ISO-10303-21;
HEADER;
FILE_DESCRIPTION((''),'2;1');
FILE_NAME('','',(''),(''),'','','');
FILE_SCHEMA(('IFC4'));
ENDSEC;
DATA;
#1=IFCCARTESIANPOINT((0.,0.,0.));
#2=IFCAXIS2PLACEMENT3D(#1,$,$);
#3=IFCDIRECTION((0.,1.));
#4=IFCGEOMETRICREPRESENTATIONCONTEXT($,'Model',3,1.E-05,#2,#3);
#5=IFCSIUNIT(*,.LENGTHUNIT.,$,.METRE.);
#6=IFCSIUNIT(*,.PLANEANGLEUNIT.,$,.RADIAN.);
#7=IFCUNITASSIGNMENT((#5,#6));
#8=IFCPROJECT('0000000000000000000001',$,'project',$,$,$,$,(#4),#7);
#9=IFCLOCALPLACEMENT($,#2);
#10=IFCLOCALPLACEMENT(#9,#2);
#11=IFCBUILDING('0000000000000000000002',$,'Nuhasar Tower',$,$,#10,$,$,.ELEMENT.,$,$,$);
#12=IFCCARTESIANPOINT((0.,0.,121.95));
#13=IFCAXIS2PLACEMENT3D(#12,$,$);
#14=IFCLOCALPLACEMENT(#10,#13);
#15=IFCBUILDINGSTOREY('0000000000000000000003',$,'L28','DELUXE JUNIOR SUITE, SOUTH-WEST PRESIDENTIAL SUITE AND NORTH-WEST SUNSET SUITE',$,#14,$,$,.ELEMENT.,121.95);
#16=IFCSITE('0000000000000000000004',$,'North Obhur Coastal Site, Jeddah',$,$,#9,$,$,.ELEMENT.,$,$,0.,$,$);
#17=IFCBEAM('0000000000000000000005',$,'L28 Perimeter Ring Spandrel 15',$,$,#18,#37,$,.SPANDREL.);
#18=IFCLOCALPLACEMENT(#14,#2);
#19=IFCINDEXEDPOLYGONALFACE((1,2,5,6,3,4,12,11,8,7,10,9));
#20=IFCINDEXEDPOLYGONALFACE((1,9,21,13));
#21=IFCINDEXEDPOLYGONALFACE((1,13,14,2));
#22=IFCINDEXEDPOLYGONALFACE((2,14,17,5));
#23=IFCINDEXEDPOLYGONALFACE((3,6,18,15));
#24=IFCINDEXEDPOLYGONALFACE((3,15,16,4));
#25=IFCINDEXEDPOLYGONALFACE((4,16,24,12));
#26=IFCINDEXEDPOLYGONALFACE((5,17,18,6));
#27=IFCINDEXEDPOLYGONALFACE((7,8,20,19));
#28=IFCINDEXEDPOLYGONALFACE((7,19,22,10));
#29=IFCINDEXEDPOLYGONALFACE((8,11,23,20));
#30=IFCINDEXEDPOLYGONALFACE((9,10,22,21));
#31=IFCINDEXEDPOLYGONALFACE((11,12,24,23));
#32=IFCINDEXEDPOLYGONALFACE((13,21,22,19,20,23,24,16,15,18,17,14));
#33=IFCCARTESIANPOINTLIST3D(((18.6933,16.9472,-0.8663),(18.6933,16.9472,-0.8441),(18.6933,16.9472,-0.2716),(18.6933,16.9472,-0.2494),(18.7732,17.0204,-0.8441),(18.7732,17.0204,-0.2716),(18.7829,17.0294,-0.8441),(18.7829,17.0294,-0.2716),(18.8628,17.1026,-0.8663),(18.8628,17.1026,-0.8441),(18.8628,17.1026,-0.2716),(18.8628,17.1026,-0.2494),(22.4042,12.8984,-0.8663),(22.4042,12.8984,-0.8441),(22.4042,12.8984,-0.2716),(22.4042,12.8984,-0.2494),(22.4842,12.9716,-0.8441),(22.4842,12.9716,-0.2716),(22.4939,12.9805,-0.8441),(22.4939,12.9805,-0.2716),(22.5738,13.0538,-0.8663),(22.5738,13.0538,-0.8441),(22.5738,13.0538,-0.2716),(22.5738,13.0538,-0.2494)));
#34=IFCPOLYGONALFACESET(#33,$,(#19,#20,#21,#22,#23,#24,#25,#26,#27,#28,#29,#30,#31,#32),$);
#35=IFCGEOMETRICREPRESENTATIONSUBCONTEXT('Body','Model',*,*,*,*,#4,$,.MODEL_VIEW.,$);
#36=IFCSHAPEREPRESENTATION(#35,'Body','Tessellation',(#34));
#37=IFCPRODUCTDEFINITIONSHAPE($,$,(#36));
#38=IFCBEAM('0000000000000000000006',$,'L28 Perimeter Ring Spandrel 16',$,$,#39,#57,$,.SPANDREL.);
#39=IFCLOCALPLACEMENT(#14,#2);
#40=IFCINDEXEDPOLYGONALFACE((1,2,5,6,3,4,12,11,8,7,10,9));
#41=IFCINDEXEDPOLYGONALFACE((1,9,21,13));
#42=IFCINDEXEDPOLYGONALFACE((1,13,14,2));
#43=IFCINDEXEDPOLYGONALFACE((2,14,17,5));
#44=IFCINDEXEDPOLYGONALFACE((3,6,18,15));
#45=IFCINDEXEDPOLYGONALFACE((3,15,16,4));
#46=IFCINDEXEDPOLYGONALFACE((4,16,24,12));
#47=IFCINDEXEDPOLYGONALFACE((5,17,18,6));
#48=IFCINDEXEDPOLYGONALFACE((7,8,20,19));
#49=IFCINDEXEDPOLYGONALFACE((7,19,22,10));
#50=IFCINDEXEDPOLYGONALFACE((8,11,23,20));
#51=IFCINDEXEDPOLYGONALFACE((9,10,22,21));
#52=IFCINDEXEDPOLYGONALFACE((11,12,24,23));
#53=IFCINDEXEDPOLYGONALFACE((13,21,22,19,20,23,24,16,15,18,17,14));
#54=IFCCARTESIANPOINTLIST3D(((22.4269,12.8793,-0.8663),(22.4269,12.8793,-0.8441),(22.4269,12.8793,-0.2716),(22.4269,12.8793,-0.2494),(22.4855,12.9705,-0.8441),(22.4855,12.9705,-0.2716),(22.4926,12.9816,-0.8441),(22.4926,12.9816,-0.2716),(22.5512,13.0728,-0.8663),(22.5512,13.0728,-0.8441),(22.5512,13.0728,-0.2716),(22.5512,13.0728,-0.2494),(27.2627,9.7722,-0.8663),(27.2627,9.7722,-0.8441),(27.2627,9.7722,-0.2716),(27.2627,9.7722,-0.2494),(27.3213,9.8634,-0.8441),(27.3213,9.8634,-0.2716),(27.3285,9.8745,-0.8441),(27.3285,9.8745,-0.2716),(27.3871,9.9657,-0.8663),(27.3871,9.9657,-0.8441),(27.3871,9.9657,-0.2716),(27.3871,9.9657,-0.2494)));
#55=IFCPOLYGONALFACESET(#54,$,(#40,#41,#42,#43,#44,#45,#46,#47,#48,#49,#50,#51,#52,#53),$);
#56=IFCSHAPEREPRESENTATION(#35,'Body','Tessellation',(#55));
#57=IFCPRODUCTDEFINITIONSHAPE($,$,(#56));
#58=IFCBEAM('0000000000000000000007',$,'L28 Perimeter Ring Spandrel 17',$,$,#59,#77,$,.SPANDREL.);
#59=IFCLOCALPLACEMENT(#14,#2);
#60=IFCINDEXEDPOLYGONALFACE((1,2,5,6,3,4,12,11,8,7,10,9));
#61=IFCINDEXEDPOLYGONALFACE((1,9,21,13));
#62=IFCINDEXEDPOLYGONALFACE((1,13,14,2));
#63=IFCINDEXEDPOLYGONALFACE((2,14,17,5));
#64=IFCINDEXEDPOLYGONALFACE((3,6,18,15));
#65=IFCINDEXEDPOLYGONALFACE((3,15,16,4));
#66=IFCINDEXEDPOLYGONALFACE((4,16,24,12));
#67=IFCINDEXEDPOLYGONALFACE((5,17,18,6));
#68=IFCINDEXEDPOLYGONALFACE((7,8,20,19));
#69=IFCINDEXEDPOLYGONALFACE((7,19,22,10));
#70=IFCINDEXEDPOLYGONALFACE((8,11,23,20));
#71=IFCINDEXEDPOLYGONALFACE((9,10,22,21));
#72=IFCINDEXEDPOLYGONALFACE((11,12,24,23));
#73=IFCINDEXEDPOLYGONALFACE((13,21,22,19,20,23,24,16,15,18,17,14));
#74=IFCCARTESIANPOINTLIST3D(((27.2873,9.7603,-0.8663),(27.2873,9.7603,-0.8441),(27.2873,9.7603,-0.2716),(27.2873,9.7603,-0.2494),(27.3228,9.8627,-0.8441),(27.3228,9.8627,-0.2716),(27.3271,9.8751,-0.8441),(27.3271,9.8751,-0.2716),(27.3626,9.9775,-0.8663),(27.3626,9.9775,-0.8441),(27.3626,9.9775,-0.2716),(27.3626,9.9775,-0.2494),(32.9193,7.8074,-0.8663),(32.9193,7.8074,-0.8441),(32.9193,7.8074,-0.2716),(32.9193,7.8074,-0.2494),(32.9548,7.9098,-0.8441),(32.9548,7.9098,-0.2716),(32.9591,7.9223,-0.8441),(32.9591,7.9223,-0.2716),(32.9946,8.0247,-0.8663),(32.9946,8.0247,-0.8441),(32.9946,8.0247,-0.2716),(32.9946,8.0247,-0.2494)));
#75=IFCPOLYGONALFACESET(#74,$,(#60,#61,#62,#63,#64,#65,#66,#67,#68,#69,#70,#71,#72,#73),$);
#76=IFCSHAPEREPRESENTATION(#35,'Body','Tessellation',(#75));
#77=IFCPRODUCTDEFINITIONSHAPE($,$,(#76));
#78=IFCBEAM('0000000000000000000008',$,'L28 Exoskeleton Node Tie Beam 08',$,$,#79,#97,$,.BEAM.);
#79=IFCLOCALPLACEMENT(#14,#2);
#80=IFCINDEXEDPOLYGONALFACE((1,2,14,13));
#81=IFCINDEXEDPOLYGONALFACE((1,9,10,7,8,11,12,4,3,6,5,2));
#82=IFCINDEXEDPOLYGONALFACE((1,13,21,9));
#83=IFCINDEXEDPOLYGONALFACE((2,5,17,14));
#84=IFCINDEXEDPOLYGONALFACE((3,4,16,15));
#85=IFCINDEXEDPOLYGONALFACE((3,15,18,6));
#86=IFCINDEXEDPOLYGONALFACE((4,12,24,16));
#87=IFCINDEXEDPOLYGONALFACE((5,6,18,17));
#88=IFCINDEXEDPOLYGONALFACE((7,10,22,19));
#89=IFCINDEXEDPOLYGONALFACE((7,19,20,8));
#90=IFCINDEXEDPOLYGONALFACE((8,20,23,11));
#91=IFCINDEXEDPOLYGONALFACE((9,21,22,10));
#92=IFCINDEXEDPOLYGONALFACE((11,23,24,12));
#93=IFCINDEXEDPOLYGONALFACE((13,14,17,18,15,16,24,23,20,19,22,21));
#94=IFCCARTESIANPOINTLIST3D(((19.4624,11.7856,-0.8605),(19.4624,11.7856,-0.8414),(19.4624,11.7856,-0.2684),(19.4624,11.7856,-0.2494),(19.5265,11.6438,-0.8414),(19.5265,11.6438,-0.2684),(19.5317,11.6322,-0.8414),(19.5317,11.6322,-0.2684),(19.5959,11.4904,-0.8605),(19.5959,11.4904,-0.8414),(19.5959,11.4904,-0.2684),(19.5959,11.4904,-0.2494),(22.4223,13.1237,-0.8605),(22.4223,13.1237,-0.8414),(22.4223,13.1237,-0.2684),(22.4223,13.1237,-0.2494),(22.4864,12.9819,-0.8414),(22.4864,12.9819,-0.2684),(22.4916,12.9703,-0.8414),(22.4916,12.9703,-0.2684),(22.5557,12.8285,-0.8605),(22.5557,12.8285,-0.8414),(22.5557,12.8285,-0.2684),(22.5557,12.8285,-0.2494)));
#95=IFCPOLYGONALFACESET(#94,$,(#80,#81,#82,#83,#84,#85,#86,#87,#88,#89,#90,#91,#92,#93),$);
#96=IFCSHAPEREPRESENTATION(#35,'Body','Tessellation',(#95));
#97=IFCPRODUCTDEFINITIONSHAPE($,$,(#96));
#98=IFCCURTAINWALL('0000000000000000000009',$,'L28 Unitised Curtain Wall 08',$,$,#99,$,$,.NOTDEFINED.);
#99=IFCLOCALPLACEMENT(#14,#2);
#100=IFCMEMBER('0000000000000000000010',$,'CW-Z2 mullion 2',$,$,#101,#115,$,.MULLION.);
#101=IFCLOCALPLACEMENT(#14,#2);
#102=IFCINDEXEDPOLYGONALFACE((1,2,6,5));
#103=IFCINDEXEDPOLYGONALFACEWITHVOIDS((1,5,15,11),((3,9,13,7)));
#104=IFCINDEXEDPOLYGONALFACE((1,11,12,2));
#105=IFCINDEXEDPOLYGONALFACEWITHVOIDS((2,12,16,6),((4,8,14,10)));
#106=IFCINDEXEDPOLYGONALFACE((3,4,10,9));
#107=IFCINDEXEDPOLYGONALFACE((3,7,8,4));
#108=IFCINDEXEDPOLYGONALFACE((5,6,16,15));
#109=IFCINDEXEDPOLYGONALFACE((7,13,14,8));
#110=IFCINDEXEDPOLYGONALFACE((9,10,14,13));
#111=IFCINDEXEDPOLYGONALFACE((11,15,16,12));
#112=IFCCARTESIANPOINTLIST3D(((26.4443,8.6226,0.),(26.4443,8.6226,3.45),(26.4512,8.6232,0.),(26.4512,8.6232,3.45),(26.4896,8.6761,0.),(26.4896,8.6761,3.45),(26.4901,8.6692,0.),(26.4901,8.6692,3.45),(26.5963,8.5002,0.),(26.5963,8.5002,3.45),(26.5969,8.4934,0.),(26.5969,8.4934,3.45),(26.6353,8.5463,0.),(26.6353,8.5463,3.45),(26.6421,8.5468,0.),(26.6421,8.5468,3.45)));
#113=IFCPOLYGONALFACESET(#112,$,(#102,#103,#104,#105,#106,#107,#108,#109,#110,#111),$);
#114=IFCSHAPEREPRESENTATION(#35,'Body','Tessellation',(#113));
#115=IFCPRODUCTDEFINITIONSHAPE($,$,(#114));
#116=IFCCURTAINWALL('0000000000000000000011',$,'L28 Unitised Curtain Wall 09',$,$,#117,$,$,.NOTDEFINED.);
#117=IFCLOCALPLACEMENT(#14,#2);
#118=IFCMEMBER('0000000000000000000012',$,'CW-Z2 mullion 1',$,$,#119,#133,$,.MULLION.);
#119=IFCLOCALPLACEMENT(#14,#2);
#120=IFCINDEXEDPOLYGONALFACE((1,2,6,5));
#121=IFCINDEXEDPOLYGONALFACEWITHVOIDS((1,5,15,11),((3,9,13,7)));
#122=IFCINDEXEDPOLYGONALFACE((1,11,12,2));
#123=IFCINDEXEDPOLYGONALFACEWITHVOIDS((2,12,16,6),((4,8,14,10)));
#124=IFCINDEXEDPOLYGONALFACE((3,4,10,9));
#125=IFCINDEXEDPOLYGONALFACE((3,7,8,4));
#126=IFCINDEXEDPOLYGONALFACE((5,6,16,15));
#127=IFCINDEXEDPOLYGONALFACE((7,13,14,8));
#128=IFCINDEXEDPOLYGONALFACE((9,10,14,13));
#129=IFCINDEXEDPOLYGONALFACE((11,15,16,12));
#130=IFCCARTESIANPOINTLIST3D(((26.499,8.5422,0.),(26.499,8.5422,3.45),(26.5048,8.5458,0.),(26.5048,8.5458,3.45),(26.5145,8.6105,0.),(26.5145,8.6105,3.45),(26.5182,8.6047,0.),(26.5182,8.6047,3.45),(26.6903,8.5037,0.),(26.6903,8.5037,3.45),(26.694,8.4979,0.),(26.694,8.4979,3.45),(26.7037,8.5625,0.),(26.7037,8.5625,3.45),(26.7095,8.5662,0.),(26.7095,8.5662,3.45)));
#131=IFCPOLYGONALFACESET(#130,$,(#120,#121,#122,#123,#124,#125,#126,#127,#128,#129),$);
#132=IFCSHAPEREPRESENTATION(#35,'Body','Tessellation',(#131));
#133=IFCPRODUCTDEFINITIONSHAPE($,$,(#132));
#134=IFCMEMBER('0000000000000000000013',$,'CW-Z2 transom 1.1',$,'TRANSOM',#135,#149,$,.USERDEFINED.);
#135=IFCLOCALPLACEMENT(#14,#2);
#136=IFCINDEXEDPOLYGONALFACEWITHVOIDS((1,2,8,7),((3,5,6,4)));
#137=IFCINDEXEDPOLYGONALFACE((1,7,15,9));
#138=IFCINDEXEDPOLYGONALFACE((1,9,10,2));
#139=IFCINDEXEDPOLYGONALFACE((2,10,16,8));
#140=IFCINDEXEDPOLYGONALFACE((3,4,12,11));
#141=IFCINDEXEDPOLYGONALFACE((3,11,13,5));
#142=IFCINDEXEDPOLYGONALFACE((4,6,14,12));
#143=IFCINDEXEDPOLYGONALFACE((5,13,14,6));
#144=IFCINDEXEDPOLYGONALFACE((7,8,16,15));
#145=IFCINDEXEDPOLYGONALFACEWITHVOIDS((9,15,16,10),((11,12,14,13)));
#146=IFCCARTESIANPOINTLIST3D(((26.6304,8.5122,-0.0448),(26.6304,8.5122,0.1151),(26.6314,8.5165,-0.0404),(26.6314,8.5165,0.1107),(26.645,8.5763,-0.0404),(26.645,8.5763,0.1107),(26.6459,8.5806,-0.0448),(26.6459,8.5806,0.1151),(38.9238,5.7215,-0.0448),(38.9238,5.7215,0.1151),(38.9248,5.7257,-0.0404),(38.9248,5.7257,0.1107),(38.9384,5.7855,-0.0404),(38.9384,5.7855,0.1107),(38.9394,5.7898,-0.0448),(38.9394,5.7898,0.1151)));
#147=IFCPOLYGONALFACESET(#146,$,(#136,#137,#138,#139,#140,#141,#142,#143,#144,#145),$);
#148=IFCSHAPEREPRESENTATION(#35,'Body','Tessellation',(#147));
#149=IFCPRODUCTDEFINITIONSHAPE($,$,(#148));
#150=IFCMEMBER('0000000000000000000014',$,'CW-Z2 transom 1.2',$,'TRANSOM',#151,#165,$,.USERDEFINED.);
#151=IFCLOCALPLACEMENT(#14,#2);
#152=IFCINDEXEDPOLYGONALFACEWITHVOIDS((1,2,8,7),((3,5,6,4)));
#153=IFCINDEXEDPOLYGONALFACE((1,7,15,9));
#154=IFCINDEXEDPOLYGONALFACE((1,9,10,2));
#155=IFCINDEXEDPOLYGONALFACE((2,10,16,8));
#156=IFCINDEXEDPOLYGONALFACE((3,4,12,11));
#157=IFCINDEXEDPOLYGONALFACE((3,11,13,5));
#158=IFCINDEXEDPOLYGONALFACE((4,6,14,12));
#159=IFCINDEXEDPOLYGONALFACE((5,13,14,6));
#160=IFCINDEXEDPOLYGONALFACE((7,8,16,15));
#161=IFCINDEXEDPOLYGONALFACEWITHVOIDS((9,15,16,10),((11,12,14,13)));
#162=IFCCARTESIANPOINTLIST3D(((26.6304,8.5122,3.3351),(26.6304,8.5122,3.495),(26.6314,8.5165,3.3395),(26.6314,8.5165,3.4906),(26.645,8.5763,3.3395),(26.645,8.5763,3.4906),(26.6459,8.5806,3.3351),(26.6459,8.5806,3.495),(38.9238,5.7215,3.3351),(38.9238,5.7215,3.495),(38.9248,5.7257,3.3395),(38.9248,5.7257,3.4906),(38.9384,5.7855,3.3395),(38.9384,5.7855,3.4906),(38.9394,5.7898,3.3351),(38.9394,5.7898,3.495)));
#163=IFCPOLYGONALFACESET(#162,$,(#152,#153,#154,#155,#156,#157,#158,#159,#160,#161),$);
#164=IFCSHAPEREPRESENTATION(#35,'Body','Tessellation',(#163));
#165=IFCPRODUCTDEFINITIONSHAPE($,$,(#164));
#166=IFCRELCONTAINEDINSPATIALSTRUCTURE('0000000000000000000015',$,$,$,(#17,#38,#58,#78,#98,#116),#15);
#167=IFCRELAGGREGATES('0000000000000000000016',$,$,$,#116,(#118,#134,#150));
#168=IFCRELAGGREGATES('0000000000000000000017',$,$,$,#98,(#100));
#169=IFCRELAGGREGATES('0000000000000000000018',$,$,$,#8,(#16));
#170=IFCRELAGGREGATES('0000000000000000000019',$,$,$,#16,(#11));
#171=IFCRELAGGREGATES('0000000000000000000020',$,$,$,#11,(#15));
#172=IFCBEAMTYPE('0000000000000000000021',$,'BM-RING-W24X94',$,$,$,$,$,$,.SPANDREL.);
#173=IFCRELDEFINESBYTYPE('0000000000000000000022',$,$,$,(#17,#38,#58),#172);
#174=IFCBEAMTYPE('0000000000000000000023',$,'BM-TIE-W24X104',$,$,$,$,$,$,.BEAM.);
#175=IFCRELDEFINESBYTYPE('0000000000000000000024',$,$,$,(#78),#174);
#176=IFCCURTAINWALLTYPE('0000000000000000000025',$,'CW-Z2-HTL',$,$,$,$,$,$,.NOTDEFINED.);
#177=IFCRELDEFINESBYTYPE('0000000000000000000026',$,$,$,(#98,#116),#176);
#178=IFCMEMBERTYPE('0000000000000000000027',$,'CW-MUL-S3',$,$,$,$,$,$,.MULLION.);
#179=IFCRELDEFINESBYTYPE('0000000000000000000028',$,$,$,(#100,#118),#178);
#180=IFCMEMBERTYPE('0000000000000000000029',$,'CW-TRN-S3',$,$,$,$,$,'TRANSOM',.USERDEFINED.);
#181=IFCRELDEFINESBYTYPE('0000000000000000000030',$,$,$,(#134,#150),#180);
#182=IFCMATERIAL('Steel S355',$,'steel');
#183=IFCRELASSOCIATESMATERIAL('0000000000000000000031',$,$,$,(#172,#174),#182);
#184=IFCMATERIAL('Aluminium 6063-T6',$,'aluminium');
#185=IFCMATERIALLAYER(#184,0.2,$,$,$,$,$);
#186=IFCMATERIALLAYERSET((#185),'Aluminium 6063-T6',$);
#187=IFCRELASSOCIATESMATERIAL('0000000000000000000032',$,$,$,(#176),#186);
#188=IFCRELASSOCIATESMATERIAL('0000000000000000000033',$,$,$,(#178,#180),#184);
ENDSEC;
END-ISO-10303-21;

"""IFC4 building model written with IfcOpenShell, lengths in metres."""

from ifc_helpers import new_model, si_unit, direction, frame, origin, origin_2d, place, context, subcontext, project, spatial, hollow_rectangle, i_section, extrude, material, layer, layer_set, material_profile, profile_set, type_object, element, aggregate, save


model = new_model("IFC4")

# Units and contexts
model_context = context("Model", 3, precision=1e-05, world=origin(), true_north=direction((0.0, 1.0)))
body_context = subcontext(model_context, "Body", "Model", "MODEL_VIEW")
ifc_project = project(units=[si_unit("LENGTHUNIT", "METRE"), si_unit("PLANEANGLEUNIT", "RADIAN")], contexts=[model_context])

# Site, building, storey
site_placement = place(None, origin())
site = spatial("IfcSite", under=ifc_project, at=site_placement, Name="North Obhur Coastal Site, Jeddah", CompositionType="ELEMENT", RefElevation=0.0)
building_placement = place(site_placement, origin())
building = spatial("IfcBuilding", under=site, at=building_placement, Name="Nuhasar Tower", CompositionType="ELEMENT")
storey_placement = place(building_placement, frame((0.0, 0.0, 121.95)))
storey = spatial("IfcBuildingStorey", under=building, at=storey_placement, Name="L28", Description="DELUXE JUNIOR SUITE, SOUTH-WEST PRESIDENTIAL SUITE AND NORTH-WEST SUNSET SUITE", CompositionType="ELEMENT", Elevation=121.95)

# Beams
ifc_material_1 = material(Name="Steel S355", Category="steel")
ifc_material_profile_1 = material_profile(ifc_material_1, i_section(OverallWidth=0.23, OverallDepth=0.6169, WebThickness=0.0132, FlangeThickness=0.0222, at=origin_2d()), Name="W24X94")
ifc_profile_set_1 = profile_set([ifc_material_profile_1], Name="Steel S355")
beam_type_1 = type_object("IfcBeamType", Name="BM-RING-W24X94", PredefinedType="SPANDREL", material=ifc_profile_set_1)
beam_1_placement = place(storey_placement, frame((18.7781, 17.0249, -0.5579), z_axis=(0.675676, -0.737198, 0.0), x_axis=(0.737198, 0.675676, 0.0)))
element("IfcBeam", 1, at=beam_1_placement, inside=storey, type_object=beam_type_1, Name="L28 Perimeter Ring Spandrel 15", PredefinedType="SPANDREL", context=body_context, shape_type="SweptSolid", body=[
    extrude(i_section(OverallWidth=0.23, OverallDepth=0.6169, WebThickness=0.0132, FlangeThickness=0.0222, at=origin_2d()), origin(), (0.0, 0.0, 1.0), 5.4922),
])
beam_2_placement = place(storey_placement, frame((22.489, 12.9761, -0.5579), z_axis=(0.841308, -0.540556, 0.0), x_axis=(0.540556, 0.841308, 0.0)))
element("IfcBeam", 2, at=beam_2_placement, inside=storey, type_object=beam_type_1, Name="L28 Perimeter Ring Spandrel 16", PredefinedType="SPANDREL", context=body_context, shape_type="SweptSolid", body=[
    extrude(i_section(OverallWidth=0.23, OverallDepth=0.6169, WebThickness=0.0132, FlangeThickness=0.0222, at=origin_2d()), origin(), (0.0, 0.0, 1.0), 5.748),
])
beam_3_placement = place(storey_placement, frame((27.325, 9.8689, -0.5579), z_axis=(0.944814, -0.327607, 0.0), x_axis=(0.327607, 0.944814, 0.0)))
element("IfcBeam", 3, at=beam_3_placement, inside=storey, type_object=beam_type_1, Name="L28 Perimeter Ring Spandrel 17", PredefinedType="SPANDREL", context=body_context, shape_type="SweptSolid", body=[
    extrude(i_section(OverallWidth=0.23, OverallDepth=0.6169, WebThickness=0.0132, FlangeThickness=0.0222, at=origin_2d()), origin(), (0.0, 0.0, 1.0), 5.9609),
])
ifc_material_profile_2 = material_profile(ifc_material_1, i_section(OverallWidth=0.324, OverallDepth=0.6111, WebThickness=0.0127, FlangeThickness=0.019, at=origin_2d()), Name="W24X104")
ifc_profile_set_2 = profile_set([ifc_material_profile_2], Name="Steel S355")
beam_type_2 = type_object("IfcBeamType", Name="BM-TIE-W24X104", PredefinedType="BEAM", material=ifc_profile_set_2)
beam_4_placement = place(storey_placement, frame((22.489, 12.9761, -0.5549), z_axis=(-0.911211, -0.411939, 0.0), x_axis=(0.411939, -0.911211, 0.0)))
element("IfcBeam", 4, at=beam_4_placement, inside=storey, type_object=beam_type_2, Name="L28 Exoskeleton Node Tie Beam 08", PredefinedType="BEAM", context=body_context, shape_type="SweptSolid", body=[
    extrude(i_section(OverallWidth=0.324, OverallDepth=0.6111, WebThickness=0.0127, FlangeThickness=0.019, at=origin_2d()), origin(), (0.0, 0.0, 1.0), 3.2483),
])

# Curtain wall, member
ifc_material_2 = material(Name="Aluminium 6063-T6", Category="aluminium")
ifc_layer_1 = layer(ifc_material_2, 0.2)
ifc_layer_set_1 = layer_set([ifc_layer_1], Name="Aluminium 6063-T6")
curtain_wall_type = type_object("IfcCurtainWallType", Name="CW-Z2-HTL", PredefinedType="NOTDEFINED", material=ifc_layer_set_1)
curtain_wall_1_placement = place(storey_placement, origin())
curtain_wall_1 = element("IfcCurtainWall", 5, at=curtain_wall_1_placement, inside=storey, type_object=curtain_wall_type, Name="L28 Unitised Curtain Wall 08", PredefinedType="NOTDEFINED")
ifc_material_profile_3 = material_profile(ifc_material_2, hollow_rectangle(XDim=0.0701, YDim=0.2, WallThickness=0.0049, at=origin_2d()), Name="CWM-3")
ifc_profile_set_3 = profile_set([ifc_material_profile_3], Name="Aluminium 6063-T6")
member_type_1 = type_object("IfcMemberType", Name="CW-MUL-S3", PredefinedType="MULLION", material=ifc_profile_set_3)
member_1_placement = place(storey_placement, frame((26.5432, 8.5847, 0.0), z_axis=(0.0, 0.0, 1.0), x_axis=(0.646374, 0.76302, 0.0)))
member_1 = element("IfcMember", 6, at=member_1_placement, type_object=member_type_1, Name="CW-Z2 mullion 2", PredefinedType="MULLION", context=body_context, shape_type="SweptSolid", body=[
    extrude(hollow_rectangle(XDim=0.0701, YDim=0.2, WallThickness=0.0049, at=origin_2d()), origin(), (0.0, 0.0, 1.0), 3.45),
])

# Curtain wall, members
curtain_wall_2_placement = place(storey_placement, origin())
curtain_wall_2 = element("IfcCurtainWall", 7, at=curtain_wall_2_placement, inside=storey, type_object=curtain_wall_type, Name="L28 Unitised Curtain Wall 09", PredefinedType="NOTDEFINED")
member_2_placement = place(storey_placement, frame((26.6042, 8.5542, 0.0), z_axis=(0.0, 0.0, 1.0), x_axis=(0.221397, 0.975184, 0.0)))
member_2 = element("IfcMember", 8, at=member_2_placement, type_object=member_type_1, Name="CW-Z2 mullion 1", PredefinedType="MULLION", context=body_context, shape_type="SweptSolid", body=[
    extrude(hollow_rectangle(XDim=0.0701, YDim=0.2, WallThickness=0.0049, at=origin_2d()), origin(), (0.0, 0.0, 1.0), 3.45),
])
ifc_material_profile_4 = material_profile(ifc_material_2, hollow_rectangle(XDim=0.0701, YDim=0.1599, WallThickness=0.0044, at=origin_2d()), Name="CWT-3")
ifc_profile_set_4 = profile_set([ifc_material_profile_4], Name="Aluminium 6063-T6")
member_type_2 = type_object("IfcMemberType", Name="CW-TRN-S3", ElementType="TRANSOM", PredefinedType="USERDEFINED", material=ifc_profile_set_4)
member_3_placement = place(storey_placement, frame((26.6382, 8.5464, 0.0352), z_axis=(0.975188, -0.22138, 0.0), x_axis=(0.22138, 0.975188, 0.0)))
member_3 = element("IfcMember", 9, at=member_3_placement, type_object=member_type_2, Name="CW-Z2 transom 1.1", ObjectType="TRANSOM", PredefinedType="USERDEFINED", context=body_context, shape_type="SweptSolid", body=[
    extrude(hollow_rectangle(XDim=0.0701, YDim=0.1599, WallThickness=0.0044, at=origin_2d()), origin(), (0.0, 0.0, 1.0), 12.6062),
])
member_4_placement = place(storey_placement, frame((26.6382, 8.5464, 3.415), z_axis=(0.975188, -0.22138, 0.0), x_axis=(0.22138, 0.975188, 0.0)))
member_4 = element("IfcMember", 10, at=member_4_placement, type_object=member_type_2, Name="CW-Z2 transom 1.2", ObjectType="TRANSOM", PredefinedType="USERDEFINED", context=body_context, shape_type="SweptSolid", body=[
    extrude(hollow_rectangle(XDim=0.0701, YDim=0.1599, WallThickness=0.0044, at=origin_2d()), origin(), (0.0, 0.0, 1.0), 12.6062),
])
aggregate(curtain_wall_2, [member_2, member_3, member_4])

aggregate(curtain_wall_1, [member_1])

save(model, "model.ifc")
